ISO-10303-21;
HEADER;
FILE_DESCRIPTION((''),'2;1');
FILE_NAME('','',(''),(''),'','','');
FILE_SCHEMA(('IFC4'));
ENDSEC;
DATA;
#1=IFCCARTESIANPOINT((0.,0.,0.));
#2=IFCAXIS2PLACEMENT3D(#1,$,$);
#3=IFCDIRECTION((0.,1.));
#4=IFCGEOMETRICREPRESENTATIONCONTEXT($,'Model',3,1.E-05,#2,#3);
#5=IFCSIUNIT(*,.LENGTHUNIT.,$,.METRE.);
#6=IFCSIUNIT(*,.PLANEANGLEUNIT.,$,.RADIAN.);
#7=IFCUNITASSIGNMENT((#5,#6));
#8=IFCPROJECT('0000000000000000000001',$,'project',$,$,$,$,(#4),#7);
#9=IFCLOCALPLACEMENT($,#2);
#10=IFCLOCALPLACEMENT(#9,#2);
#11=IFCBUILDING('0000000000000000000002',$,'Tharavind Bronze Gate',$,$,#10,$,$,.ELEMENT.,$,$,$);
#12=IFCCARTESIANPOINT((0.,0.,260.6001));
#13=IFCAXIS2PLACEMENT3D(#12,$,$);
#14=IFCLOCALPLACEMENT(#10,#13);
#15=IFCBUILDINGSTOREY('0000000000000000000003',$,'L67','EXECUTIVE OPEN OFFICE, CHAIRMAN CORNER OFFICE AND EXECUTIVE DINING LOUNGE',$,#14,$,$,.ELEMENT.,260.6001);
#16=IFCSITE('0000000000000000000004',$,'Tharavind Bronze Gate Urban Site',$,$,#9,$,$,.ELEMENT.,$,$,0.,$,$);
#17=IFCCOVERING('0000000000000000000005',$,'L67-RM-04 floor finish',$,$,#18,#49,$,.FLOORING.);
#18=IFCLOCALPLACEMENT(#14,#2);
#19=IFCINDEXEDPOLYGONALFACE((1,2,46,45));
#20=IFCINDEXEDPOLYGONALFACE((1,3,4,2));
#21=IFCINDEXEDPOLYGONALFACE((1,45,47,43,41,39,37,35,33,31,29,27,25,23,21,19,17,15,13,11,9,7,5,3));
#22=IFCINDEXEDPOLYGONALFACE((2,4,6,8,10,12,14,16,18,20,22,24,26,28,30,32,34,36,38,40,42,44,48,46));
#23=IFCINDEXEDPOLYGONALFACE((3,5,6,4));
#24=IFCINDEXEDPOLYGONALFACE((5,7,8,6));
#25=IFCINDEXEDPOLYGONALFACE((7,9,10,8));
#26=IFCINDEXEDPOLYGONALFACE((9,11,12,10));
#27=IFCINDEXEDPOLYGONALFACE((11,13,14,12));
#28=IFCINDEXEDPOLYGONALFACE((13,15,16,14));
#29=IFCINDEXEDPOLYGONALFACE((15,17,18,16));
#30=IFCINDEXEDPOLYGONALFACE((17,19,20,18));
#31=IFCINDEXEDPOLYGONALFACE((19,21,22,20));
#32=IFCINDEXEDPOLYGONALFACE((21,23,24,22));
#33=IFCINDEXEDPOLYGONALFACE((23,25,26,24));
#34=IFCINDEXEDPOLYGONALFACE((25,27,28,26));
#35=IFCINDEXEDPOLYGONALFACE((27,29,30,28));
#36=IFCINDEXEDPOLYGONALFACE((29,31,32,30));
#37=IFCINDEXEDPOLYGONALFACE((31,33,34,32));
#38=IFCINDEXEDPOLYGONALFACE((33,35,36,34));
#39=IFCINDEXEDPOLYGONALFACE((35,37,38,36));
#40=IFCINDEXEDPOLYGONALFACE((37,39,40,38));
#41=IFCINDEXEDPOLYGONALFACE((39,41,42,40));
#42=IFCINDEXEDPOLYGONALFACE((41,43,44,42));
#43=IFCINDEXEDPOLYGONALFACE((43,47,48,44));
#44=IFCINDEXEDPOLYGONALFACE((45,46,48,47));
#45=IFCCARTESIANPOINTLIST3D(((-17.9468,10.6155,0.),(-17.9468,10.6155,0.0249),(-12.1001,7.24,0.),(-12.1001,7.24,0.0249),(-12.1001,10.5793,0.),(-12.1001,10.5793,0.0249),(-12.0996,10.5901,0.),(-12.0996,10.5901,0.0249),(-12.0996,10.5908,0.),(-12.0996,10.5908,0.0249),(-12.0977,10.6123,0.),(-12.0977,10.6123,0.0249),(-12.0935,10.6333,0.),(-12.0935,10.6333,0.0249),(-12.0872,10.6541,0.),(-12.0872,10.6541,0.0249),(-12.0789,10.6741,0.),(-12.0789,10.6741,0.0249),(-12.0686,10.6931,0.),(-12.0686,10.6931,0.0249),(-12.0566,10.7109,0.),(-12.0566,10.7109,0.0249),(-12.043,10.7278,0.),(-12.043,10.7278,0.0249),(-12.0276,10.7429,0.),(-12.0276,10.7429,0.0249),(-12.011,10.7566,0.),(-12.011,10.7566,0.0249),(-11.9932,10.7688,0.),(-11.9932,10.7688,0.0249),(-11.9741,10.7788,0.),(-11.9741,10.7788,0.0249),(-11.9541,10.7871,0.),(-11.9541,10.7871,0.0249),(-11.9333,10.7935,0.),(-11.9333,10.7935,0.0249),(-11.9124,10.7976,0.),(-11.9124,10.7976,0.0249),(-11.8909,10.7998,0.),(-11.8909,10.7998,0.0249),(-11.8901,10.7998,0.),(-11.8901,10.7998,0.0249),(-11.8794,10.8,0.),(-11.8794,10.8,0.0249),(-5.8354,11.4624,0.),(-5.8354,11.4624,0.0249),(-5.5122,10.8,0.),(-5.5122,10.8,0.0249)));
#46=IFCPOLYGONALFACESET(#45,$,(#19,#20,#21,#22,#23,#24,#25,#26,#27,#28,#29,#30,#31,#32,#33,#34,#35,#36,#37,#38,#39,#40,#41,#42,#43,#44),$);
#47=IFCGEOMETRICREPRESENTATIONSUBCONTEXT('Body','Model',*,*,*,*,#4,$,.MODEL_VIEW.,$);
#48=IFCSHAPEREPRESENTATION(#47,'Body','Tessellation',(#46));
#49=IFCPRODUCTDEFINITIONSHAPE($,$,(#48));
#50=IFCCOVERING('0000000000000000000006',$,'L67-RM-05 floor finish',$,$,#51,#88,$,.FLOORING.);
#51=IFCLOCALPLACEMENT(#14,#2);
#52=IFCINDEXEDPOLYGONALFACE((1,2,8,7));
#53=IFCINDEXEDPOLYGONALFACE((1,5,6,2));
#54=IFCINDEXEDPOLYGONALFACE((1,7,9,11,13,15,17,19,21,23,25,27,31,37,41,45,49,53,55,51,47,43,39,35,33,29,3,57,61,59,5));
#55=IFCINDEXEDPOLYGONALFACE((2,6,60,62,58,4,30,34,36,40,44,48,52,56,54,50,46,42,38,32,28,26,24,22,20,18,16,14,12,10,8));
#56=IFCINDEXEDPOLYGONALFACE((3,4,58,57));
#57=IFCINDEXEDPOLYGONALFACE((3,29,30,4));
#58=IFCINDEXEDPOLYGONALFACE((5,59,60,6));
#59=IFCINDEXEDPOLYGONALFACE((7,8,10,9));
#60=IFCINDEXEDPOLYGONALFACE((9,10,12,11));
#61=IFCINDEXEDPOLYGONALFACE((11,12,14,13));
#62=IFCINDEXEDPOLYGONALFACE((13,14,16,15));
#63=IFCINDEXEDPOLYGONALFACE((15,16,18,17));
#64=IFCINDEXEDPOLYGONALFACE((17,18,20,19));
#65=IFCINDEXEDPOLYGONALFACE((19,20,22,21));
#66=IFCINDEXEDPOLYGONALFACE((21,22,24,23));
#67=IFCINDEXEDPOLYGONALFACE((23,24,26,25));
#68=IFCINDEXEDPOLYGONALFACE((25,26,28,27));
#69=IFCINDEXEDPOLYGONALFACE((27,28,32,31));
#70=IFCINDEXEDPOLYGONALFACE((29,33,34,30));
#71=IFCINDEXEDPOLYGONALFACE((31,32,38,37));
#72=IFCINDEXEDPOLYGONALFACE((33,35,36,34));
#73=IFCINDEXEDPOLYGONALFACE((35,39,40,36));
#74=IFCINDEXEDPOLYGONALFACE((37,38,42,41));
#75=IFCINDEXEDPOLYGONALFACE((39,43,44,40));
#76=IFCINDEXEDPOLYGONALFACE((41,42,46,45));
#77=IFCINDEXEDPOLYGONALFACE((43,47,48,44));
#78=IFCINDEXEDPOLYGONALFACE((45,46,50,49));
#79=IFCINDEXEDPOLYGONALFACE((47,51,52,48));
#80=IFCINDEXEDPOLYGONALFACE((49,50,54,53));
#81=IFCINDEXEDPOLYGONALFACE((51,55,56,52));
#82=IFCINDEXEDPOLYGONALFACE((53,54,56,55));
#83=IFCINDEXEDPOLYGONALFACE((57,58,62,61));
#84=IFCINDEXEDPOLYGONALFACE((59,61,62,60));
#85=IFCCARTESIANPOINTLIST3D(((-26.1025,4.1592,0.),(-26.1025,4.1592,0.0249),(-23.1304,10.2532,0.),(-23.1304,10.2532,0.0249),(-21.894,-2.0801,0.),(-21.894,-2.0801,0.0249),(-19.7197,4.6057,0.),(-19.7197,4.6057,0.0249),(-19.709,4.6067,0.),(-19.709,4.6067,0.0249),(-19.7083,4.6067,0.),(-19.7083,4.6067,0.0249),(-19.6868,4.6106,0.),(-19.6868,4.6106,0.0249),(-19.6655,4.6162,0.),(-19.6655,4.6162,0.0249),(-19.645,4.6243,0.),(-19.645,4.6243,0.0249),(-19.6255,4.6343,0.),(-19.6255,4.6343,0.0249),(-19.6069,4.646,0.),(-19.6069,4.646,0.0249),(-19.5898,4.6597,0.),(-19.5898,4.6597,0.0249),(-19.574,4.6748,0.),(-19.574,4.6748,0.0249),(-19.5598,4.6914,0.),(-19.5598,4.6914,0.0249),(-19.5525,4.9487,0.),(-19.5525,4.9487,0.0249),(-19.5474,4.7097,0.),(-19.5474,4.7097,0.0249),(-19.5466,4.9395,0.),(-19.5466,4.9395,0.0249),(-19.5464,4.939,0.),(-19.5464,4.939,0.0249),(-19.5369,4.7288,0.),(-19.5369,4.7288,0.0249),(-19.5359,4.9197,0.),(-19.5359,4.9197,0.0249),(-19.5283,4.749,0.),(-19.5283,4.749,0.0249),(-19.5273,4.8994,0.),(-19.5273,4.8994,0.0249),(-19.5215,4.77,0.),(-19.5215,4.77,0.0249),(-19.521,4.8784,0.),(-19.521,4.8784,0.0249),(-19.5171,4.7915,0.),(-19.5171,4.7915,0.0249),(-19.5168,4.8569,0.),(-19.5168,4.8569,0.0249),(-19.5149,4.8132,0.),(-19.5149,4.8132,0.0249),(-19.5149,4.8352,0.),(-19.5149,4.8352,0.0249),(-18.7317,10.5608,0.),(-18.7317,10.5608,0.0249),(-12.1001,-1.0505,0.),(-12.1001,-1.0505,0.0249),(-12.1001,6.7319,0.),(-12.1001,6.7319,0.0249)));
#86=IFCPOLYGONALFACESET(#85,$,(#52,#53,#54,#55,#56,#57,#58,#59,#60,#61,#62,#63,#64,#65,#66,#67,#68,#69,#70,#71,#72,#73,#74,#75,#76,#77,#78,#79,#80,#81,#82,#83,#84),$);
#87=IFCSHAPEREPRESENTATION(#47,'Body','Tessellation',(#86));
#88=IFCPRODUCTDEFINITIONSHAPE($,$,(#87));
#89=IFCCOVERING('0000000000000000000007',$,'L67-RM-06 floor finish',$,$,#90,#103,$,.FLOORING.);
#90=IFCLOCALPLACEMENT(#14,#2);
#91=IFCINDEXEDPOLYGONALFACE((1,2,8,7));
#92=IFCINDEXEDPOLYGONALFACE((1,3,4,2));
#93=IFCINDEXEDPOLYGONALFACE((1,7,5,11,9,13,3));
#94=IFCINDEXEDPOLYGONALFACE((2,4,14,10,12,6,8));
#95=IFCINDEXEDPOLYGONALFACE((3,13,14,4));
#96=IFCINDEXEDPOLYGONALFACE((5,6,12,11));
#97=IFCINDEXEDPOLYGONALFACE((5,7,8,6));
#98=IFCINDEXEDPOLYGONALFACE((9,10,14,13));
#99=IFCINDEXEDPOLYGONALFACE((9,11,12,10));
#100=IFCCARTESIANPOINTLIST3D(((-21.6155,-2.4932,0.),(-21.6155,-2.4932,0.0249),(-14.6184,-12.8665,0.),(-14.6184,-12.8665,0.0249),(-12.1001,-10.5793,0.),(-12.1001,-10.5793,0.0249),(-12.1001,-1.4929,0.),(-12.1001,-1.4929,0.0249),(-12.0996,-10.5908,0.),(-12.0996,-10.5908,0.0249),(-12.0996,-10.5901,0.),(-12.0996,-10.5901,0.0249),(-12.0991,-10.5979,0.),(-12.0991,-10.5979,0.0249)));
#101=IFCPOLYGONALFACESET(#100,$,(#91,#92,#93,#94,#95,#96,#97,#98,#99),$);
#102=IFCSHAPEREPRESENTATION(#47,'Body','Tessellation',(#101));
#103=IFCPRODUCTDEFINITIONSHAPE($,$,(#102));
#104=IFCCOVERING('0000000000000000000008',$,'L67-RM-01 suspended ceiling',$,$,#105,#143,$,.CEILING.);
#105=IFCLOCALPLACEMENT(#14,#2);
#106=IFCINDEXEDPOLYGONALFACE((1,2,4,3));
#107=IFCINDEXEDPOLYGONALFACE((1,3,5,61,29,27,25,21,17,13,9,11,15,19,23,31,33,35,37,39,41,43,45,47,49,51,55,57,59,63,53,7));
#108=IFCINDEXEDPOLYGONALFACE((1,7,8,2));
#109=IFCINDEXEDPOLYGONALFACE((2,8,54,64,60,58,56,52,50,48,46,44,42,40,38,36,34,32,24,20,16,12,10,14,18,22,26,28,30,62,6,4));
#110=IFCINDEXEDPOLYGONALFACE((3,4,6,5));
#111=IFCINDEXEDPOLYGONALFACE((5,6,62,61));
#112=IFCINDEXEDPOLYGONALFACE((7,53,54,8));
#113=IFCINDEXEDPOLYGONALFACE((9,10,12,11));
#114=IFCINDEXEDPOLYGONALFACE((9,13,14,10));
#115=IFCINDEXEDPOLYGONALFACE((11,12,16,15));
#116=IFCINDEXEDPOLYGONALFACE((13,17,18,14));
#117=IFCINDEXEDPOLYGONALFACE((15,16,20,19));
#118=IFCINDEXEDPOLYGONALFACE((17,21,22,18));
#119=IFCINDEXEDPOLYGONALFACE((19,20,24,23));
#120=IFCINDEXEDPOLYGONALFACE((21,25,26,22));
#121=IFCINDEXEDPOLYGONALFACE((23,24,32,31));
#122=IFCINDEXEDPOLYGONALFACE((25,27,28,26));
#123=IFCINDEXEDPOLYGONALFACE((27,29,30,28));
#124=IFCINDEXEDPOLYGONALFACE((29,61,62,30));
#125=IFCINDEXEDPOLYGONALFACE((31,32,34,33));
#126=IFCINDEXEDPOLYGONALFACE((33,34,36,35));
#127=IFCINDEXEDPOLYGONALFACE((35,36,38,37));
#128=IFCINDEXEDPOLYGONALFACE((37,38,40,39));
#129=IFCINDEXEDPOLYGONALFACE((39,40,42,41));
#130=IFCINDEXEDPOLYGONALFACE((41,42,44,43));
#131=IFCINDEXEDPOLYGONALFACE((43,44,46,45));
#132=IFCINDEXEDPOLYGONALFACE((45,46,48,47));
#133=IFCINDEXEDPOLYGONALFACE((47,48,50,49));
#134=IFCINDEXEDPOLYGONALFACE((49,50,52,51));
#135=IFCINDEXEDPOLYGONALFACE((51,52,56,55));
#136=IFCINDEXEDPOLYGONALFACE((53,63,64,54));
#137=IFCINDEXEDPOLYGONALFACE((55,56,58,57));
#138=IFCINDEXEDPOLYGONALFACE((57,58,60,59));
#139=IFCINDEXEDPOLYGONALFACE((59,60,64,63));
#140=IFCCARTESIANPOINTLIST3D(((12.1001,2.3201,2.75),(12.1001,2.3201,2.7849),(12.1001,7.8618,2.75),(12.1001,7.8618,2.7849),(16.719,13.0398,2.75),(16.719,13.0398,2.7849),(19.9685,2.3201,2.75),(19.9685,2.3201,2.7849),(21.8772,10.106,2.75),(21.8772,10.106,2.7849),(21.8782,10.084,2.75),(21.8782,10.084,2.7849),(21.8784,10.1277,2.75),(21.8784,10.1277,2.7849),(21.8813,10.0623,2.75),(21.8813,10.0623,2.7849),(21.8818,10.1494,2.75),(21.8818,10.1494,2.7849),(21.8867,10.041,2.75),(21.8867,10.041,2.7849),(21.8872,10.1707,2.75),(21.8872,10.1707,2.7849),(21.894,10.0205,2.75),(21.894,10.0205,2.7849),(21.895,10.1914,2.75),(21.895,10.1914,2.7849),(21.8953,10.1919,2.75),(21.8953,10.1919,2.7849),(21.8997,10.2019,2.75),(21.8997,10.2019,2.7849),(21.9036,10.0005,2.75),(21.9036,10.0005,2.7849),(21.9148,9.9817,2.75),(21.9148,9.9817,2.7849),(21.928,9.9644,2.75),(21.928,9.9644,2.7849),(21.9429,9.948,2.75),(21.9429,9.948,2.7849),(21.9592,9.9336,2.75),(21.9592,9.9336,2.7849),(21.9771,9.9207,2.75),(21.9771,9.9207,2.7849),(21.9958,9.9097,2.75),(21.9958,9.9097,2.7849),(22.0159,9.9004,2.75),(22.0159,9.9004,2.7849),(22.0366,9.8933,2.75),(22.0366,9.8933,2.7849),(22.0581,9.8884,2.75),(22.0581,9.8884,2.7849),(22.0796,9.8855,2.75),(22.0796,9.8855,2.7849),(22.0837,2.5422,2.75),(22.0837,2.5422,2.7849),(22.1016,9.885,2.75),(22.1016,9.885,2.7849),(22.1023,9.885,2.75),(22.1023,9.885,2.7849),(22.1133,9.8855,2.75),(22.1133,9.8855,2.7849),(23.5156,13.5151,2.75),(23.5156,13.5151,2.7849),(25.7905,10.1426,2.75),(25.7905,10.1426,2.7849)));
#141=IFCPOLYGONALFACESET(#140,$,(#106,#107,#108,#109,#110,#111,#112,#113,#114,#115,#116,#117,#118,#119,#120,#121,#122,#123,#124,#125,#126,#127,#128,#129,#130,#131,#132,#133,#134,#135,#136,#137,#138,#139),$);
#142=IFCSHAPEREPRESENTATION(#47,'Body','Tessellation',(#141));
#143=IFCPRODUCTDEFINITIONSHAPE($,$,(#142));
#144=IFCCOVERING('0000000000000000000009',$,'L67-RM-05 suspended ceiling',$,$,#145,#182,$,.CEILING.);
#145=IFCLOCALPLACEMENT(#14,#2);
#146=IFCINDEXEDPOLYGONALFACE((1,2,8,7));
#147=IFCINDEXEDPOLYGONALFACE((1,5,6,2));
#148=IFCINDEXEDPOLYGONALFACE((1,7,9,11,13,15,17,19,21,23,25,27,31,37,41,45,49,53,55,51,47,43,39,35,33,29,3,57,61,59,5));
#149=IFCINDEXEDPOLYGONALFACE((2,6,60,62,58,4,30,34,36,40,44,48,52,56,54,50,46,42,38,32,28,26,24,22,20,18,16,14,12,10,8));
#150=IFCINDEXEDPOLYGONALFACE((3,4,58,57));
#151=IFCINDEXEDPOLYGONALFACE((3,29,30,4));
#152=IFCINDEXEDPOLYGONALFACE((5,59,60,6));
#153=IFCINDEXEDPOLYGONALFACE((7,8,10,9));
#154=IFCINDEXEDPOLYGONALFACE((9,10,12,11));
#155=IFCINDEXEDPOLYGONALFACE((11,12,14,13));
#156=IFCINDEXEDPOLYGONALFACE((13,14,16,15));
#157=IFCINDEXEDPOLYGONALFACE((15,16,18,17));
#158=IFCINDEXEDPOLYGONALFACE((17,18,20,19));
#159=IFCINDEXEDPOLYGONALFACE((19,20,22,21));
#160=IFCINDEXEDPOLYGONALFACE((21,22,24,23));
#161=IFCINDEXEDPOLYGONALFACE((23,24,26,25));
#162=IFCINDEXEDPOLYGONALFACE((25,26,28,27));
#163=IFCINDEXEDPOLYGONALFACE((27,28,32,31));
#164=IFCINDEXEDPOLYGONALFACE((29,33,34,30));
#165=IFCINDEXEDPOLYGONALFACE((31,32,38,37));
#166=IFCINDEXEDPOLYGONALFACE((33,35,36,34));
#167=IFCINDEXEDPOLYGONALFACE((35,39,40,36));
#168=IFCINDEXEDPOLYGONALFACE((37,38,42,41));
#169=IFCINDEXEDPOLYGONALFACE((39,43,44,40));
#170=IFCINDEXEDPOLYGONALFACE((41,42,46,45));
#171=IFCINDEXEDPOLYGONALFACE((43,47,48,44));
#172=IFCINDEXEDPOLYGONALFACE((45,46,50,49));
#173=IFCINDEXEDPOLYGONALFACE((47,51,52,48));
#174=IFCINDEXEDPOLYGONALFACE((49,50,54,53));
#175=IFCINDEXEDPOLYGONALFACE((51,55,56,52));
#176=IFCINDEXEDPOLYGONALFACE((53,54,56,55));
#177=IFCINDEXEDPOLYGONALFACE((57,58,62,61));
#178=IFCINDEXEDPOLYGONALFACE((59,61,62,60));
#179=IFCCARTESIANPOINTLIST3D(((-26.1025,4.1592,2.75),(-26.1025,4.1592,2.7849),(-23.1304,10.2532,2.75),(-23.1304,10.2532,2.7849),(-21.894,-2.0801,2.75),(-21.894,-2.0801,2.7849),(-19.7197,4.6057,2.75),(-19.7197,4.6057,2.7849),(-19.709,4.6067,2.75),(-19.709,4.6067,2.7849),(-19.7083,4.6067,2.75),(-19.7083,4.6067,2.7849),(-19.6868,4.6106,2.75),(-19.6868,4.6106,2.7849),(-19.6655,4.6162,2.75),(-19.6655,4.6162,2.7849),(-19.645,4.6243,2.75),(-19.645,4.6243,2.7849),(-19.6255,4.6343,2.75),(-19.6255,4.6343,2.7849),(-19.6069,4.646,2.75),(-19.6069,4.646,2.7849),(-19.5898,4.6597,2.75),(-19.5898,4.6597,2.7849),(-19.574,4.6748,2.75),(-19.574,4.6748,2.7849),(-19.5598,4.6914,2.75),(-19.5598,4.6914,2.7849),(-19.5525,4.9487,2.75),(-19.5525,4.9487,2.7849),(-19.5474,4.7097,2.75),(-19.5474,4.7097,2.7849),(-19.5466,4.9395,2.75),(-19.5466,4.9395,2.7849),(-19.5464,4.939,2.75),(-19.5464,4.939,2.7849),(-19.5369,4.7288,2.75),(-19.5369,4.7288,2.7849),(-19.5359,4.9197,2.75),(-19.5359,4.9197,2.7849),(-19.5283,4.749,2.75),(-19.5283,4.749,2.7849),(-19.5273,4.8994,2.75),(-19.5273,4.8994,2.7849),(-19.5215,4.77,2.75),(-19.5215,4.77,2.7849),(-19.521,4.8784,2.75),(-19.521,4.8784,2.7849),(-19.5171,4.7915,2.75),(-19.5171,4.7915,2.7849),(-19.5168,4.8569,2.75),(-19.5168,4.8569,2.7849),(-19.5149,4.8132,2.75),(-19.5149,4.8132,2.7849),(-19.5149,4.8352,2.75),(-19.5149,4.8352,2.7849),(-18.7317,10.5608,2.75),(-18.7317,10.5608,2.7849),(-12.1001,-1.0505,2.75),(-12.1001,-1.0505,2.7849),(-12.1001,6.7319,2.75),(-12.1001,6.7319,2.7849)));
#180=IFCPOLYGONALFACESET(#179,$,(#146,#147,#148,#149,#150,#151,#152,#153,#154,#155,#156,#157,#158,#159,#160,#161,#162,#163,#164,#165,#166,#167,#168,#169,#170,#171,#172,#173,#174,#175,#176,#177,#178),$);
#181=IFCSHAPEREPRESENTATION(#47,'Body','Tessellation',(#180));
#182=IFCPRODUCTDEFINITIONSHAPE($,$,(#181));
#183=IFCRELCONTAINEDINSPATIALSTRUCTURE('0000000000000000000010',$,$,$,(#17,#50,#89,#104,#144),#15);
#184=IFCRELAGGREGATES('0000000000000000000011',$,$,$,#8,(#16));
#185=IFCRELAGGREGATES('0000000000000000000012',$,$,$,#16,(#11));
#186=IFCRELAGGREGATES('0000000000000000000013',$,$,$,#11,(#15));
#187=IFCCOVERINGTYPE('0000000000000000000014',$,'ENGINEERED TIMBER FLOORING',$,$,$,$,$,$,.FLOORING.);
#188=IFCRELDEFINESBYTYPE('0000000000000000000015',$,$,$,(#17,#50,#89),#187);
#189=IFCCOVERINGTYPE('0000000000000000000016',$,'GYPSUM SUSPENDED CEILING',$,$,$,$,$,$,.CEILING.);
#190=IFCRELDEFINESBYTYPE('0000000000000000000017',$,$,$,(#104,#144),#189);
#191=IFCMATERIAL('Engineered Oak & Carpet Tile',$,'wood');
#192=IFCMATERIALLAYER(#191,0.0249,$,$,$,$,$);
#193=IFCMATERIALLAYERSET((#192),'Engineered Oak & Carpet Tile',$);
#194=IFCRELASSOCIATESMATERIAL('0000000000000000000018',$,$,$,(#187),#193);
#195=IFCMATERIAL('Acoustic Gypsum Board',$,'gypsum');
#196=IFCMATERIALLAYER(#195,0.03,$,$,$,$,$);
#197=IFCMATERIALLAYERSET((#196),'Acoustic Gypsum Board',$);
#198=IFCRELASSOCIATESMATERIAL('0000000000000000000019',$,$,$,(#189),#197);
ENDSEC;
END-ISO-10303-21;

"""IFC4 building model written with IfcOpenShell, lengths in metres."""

from ifc_helpers import new_model, si_unit, direction, frame, origin, place, context, subcontext, project, spatial, polyline, outline, extrude, material, layer, layer_set, type_object, element, save


model = new_model("IFC4")

# Units and contexts
model_context = context("Model", 3, precision=1e-05, world=origin(), true_north=direction((0.0, 1.0)))
body_context = subcontext(model_context, "Body", "Model", "MODEL_VIEW")
ifc_project = project(units=[si_unit("LENGTHUNIT", "METRE"), si_unit("PLANEANGLEUNIT", "RADIAN")], contexts=[model_context])

# Site, building, storey
site_placement = place(None, origin())
site = spatial("IfcSite", under=ifc_project, at=site_placement, Name="Tharavind Bronze Gate Urban Site", CompositionType="ELEMENT", RefElevation=0.0)
building_placement = place(site_placement, origin())
building = spatial("IfcBuilding", under=site, at=building_placement, Name="Tharavind Bronze Gate", CompositionType="ELEMENT")
storey_placement = place(building_placement, frame((0.0, 0.0, 260.6001)))
storey = spatial("IfcBuildingStorey", under=building, at=storey_placement, Name="L67", Description="EXECUTIVE OPEN OFFICE, CHAIRMAN CORNER OFFICE AND EXECUTIVE DINING LOUNGE", CompositionType="ELEMENT", Elevation=260.6001)

# Coverings
ifc_material_1 = material(Name="Engineered Oak & Carpet Tile", Category="wood")
ifc_layer_1 = layer(ifc_material_1, 0.0249)
ifc_layer_set_1 = layer_set([ifc_layer_1], Name="Engineered Oak & Carpet Tile")
covering_type_1 = type_object("IfcCoveringType", Name="ENGINEERED TIMBER FLOORING", PredefinedType="FLOORING", material=ifc_layer_set_1)
covering_1_placement = place(storey_placement, origin())
element("IfcCovering", 1, at=covering_1_placement, inside=storey, type_object=covering_type_1, Name="L67-RM-04 floor finish", PredefinedType="FLOORING", context=body_context, shape_type="SweptSolid", body=[
    extrude(outline(polyline([(-12.1001, 7.24), (-12.1001, 10.5793), (-12.0996, 10.5901), (-12.0996, 10.5908), (-12.0977, 10.6123), (-12.0935, 10.6333), (-12.0872, 10.6541), (-12.0789, 10.6741), (-12.0686, 10.6931), (-12.0566, 10.7109), (-12.043, 10.7278), (-12.0276, 10.7429), (-12.011, 10.7566), (-11.9932, 10.7688), (-11.9741, 10.7788), (-11.9541, 10.7871), (-11.9333, 10.7935), (-11.9124, 10.7976), (-11.8909, 10.7998), (-11.8901, 10.7998), (-11.8794, 10.8), (-5.5122, 10.8), (-5.8354, 11.4624), (-17.9468, 10.6155), (-12.1001, 7.24)])), origin(), (0.0, 0.0, 1.0), 0.0249),
])
covering_2_placement = place(storey_placement, origin())
element("IfcCovering", 2, at=covering_2_placement, inside=storey, type_object=covering_type_1, Name="L67-RM-05 floor finish", PredefinedType="FLOORING", context=body_context, shape_type="SweptSolid", body=[
    extrude(outline(polyline([(-21.894, -2.0801), (-12.1001, -1.0505), (-12.1001, 6.7319), (-18.7317, 10.5608), (-23.1304, 10.2532), (-19.5525, 4.9487), (-19.5466, 4.9395), (-19.5464, 4.939), (-19.5359, 4.9197), (-19.5273, 4.8994), (-19.521, 4.8784), (-19.5168, 4.8569), (-19.5149, 4.8352), (-19.5149, 4.8132), (-19.5171, 4.7915), (-19.5215, 4.77), (-19.5283, 4.749), (-19.5369, 4.7288), (-19.5474, 4.7097), (-19.5598, 4.6914), (-19.574, 4.6748), (-19.5898, 4.6597), (-19.6069, 4.646), (-19.6255, 4.6343), (-19.645, 4.6243), (-19.6655, 4.6162), (-19.6868, 4.6106), (-19.7083, 4.6067), (-19.709, 4.6067), (-19.7197, 4.6057), (-26.1025, 4.1592), (-21.894, -2.0801)])), origin(), (0.0, 0.0, 1.0), 0.0249),
])
covering_3_placement = place(storey_placement, origin())
element("IfcCovering", 3, at=covering_3_placement, inside=storey, type_object=covering_type_1, Name="L67-RM-06 floor finish", PredefinedType="FLOORING", context=body_context, shape_type="SweptSolid", body=[
    extrude(outline(polyline([(-14.6184, -12.8665), (-12.0991, -10.5979), (-12.0996, -10.5908), (-12.0996, -10.5901), (-12.1001, -10.5793), (-12.1001, -1.4929), (-21.6155, -2.4932), (-14.6184, -12.8665)])), origin(), (0.0, 0.0, 1.0), 0.0249),
])
ifc_material_2 = material(Name="Acoustic Gypsum Board", Category="gypsum")
ifc_layer_2 = layer(ifc_material_2, 0.03)
ifc_layer_set_2 = layer_set([ifc_layer_2], Name="Acoustic Gypsum Board")
covering_type_2 = type_object("IfcCoveringType", Name="GYPSUM SUSPENDED CEILING", PredefinedType="CEILING", material=ifc_layer_set_2)
covering_4_placement = place(storey_placement, frame((0.0, 0.0, 2.75)))
element("IfcCovering", 4, at=covering_4_placement, inside=storey, type_object=covering_type_2, Name="L67-RM-01 suspended ceiling", PredefinedType="CEILING", context=body_context, shape_type="SweptSolid", body=[
    extrude(outline(polyline([(19.9685, 2.3201), (22.0837, 2.5422), (25.7905, 10.1426), (22.1133, 9.8855), (22.1023, 9.885), (22.1016, 9.885), (22.0796, 9.8855), (22.0581, 9.8884), (22.0366, 9.8933), (22.0159, 9.9004), (21.9958, 9.9097), (21.9771, 9.9207), (21.9592, 9.9336), (21.9429, 9.948), (21.928, 9.9644), (21.9148, 9.9817), (21.9036, 10.0005), (21.894, 10.0205), (21.8867, 10.041), (21.8813, 10.0623), (21.8782, 10.084), (21.8772, 10.106), (21.8784, 10.1277), (21.8818, 10.1494), (21.8872, 10.1707), (21.895, 10.1914), (21.8953, 10.1919), (21.8997, 10.2019), (23.5156, 13.5151), (16.719, 13.0398), (12.1001, 7.8618), (12.1001, 2.3201), (19.9685, 2.3201)])), origin(), (0.0, 0.0, 1.0), 0.0349),
])
covering_5_placement = place(storey_placement, frame((0.0, 0.0, 2.75)))
element("IfcCovering", 5, at=covering_5_placement, inside=storey, type_object=covering_type_2, Name="L67-RM-05 suspended ceiling", PredefinedType="CEILING", context=body_context, shape_type="SweptSolid", body=[
    extrude(outline(polyline([(-21.894, -2.0801), (-12.1001, -1.0505), (-12.1001, 6.7319), (-18.7317, 10.5608), (-23.1304, 10.2532), (-19.5525, 4.9487), (-19.5466, 4.9395), (-19.5464, 4.939), (-19.5359, 4.9197), (-19.5273, 4.8994), (-19.521, 4.8784), (-19.5168, 4.8569), (-19.5149, 4.8352), (-19.5149, 4.8132), (-19.5171, 4.7915), (-19.5215, 4.77), (-19.5283, 4.749), (-19.5369, 4.7288), (-19.5474, 4.7097), (-19.5598, 4.6914), (-19.574, 4.6748), (-19.5898, 4.6597), (-19.6069, 4.646), (-19.6255, 4.6343), (-19.645, 4.6243), (-19.6655, 4.6162), (-19.6868, 4.6106), (-19.7083, 4.6067), (-19.709, 4.6067), (-19.7197, 4.6057), (-26.1025, 4.1592), (-21.894, -2.0801)])), origin(), (0.0, 0.0, 1.0), 0.0349),
])

save(model, "model.ifc")
